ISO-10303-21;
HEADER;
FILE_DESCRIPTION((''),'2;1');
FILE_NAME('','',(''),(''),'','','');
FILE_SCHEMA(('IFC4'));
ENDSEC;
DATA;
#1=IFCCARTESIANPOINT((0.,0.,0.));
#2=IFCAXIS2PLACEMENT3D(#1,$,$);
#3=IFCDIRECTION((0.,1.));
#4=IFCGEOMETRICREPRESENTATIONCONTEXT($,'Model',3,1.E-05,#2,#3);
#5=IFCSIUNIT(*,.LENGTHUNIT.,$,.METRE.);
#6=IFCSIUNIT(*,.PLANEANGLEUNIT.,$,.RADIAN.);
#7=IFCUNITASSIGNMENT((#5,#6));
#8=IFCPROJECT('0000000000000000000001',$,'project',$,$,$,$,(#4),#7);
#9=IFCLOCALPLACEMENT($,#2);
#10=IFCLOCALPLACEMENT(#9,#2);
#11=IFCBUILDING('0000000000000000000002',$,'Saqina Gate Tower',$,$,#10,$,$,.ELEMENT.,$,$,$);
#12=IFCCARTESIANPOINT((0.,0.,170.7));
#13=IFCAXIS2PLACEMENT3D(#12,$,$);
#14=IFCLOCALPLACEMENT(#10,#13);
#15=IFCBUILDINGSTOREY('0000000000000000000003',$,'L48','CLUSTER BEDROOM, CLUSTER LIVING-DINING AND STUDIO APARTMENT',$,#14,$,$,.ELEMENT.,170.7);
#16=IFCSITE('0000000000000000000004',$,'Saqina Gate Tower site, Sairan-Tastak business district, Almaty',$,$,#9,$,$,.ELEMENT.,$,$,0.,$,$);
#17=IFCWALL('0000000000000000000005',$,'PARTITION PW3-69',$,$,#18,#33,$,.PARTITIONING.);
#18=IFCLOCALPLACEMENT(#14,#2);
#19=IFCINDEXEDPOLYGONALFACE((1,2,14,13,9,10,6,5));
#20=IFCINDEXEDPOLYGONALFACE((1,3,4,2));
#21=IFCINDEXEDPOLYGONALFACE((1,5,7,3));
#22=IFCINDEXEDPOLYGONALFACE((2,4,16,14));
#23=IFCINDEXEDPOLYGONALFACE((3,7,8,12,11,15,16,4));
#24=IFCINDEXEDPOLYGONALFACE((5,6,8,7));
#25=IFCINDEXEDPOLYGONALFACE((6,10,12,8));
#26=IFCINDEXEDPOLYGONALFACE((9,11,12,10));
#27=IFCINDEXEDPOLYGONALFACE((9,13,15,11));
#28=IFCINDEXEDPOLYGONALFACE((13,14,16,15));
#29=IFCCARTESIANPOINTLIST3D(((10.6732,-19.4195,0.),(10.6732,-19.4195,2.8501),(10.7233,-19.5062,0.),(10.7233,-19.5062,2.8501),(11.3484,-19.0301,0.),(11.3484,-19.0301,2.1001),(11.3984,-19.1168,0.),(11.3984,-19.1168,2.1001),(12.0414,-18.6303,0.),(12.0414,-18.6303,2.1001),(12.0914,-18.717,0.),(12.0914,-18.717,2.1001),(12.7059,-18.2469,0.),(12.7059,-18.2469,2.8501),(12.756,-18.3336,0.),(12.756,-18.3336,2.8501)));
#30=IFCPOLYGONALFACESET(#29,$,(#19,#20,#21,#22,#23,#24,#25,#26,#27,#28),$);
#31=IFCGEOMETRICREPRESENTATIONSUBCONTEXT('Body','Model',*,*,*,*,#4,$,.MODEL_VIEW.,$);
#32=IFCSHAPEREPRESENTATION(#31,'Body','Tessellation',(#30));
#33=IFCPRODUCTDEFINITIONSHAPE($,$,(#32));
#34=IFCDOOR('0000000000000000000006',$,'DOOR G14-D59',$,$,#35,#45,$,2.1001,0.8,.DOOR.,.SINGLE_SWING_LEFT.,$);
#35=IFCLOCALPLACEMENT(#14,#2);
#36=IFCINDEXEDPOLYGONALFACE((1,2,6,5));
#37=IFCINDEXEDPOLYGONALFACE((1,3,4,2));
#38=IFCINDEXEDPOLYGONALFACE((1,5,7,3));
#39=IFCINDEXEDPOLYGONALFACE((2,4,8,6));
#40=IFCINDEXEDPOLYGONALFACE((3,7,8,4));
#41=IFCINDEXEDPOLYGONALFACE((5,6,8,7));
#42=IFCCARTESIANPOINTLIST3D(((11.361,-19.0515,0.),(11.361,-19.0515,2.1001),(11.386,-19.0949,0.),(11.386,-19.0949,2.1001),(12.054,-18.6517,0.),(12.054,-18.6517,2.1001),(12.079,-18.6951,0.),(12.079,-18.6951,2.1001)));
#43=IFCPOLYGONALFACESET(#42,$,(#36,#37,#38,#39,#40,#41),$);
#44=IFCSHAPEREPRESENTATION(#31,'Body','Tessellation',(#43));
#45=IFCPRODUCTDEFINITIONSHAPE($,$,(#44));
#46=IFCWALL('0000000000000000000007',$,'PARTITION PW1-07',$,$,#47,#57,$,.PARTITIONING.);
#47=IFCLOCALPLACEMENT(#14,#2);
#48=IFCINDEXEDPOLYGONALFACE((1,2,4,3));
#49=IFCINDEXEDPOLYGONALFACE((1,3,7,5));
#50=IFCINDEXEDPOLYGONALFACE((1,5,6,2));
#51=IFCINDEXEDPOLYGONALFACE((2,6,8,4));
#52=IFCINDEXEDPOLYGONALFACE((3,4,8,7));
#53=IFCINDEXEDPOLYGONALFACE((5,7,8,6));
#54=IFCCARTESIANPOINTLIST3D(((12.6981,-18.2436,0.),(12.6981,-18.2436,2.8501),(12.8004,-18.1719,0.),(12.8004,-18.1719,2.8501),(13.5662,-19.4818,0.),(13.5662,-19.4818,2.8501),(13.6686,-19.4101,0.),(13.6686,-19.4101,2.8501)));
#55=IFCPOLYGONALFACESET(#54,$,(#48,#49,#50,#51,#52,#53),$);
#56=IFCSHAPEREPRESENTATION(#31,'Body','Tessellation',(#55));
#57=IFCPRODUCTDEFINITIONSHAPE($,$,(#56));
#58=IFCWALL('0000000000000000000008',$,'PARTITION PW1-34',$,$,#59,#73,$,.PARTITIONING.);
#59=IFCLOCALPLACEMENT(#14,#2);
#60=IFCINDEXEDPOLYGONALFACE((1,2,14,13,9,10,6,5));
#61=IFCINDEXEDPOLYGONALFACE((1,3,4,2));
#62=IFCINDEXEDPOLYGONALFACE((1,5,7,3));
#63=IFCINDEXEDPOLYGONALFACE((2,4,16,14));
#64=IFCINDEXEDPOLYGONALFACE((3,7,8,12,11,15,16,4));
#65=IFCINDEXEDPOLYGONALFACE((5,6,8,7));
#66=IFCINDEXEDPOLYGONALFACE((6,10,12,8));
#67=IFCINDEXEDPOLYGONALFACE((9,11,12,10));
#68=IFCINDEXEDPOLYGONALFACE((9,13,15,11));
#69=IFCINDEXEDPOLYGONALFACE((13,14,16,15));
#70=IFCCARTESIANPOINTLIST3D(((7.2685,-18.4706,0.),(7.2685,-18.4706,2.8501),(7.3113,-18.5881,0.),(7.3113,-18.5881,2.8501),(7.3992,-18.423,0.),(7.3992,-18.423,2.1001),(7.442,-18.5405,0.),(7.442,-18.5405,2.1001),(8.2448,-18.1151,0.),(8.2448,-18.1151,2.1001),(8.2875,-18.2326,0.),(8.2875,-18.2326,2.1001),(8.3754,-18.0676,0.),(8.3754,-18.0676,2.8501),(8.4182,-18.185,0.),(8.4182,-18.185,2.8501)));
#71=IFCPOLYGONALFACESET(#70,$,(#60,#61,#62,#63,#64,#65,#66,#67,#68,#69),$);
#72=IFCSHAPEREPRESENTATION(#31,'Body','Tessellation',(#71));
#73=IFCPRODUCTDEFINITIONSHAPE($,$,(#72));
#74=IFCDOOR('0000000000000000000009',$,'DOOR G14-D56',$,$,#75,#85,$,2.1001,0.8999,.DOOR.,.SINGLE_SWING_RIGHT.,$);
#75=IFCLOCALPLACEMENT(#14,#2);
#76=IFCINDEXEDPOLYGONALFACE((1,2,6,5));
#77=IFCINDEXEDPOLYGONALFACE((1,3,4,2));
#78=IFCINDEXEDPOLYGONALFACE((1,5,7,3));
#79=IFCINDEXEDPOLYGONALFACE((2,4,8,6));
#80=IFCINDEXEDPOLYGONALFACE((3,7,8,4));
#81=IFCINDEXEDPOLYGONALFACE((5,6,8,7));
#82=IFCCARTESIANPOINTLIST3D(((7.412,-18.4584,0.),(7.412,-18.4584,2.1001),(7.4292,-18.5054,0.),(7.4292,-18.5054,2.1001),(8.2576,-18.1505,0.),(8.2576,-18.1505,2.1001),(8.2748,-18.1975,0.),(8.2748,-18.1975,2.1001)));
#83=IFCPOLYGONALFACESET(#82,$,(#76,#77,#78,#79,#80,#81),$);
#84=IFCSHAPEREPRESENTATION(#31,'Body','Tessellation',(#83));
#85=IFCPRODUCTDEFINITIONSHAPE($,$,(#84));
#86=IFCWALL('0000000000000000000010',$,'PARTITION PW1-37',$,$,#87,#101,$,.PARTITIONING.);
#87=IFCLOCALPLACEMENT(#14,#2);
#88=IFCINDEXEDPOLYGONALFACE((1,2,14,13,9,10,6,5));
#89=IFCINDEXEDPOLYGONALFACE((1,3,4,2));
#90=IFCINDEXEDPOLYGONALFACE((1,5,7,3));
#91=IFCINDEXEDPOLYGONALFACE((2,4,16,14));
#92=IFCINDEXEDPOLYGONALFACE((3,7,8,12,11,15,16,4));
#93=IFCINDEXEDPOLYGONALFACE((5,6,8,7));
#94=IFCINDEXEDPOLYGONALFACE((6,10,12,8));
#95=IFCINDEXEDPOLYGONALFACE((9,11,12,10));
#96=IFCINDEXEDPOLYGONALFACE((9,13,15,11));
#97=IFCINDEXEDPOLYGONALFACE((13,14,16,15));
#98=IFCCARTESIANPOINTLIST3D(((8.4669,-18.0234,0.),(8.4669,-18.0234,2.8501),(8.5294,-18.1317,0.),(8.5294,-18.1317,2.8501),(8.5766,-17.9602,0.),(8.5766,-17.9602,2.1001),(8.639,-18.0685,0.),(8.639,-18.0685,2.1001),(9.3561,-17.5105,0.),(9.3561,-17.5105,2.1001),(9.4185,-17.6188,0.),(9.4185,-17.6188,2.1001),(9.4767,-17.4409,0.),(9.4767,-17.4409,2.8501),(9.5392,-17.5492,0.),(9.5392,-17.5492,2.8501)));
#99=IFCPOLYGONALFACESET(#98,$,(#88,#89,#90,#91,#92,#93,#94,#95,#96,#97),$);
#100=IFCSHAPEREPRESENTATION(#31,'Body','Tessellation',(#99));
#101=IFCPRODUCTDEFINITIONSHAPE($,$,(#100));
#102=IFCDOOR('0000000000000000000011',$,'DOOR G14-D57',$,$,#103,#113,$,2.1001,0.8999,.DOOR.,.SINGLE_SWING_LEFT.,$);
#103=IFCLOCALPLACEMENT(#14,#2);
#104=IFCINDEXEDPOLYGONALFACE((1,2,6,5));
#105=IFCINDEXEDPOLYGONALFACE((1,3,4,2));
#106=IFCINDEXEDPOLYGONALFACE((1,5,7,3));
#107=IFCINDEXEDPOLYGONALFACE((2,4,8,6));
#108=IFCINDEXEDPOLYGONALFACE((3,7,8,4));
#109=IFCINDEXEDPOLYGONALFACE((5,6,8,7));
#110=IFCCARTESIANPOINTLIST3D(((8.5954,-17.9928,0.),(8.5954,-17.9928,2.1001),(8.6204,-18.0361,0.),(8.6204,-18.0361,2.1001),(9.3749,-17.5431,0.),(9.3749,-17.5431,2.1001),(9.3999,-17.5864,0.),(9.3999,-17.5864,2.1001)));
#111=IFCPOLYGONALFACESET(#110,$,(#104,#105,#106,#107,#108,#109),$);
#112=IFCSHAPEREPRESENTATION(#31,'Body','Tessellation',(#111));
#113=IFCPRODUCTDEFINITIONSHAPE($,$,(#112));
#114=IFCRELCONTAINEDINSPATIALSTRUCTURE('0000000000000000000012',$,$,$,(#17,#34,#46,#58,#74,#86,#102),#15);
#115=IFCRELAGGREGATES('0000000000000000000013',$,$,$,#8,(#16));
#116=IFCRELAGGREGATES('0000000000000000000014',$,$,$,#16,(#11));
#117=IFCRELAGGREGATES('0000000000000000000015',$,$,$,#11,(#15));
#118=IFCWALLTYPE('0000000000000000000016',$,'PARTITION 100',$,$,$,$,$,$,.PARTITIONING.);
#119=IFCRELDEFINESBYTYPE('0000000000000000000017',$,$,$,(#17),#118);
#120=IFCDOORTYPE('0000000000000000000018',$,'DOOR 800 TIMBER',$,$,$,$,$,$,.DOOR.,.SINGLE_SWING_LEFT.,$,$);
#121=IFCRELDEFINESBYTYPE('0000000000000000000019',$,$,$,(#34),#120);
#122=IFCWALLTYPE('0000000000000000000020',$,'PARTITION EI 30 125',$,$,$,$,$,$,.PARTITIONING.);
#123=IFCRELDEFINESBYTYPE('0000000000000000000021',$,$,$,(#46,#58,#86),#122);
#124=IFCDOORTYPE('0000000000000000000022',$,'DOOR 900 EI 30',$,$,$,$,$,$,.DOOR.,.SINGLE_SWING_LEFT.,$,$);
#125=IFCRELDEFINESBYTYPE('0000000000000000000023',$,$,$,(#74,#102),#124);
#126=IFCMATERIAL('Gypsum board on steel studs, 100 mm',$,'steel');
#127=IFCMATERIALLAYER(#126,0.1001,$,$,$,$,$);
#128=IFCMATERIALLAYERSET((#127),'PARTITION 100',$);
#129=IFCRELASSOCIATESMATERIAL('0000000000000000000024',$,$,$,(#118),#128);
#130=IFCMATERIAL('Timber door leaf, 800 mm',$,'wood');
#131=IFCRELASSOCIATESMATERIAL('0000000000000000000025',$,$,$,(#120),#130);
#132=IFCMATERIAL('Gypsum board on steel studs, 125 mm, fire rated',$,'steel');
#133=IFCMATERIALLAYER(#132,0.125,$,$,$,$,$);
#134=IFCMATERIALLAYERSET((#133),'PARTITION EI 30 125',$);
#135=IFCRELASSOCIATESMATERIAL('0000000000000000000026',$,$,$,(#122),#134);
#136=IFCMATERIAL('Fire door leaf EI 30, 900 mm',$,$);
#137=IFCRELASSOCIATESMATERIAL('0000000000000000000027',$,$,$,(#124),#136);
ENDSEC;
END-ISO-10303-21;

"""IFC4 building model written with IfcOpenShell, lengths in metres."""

from ifc_helpers import new_model, si_unit, direction, frame, frame_2d, origin, place, context, subcontext, project, spatial, rectangle, extrude, material, layer, layer_set, type_object, element, fill, save


model = new_model("IFC4")

# Units and contexts
model_context = context("Model", 3, precision=1e-05, world=origin(), true_north=direction((0.0, 1.0)))
body_context = subcontext(model_context, "Body", "Model", "MODEL_VIEW")
ifc_project = project(units=[si_unit("LENGTHUNIT", "METRE"), si_unit("PLANEANGLEUNIT", "RADIAN")], contexts=[model_context])

# Site, building, storey
site_placement = place(None, origin())
site = spatial("IfcSite", under=ifc_project, at=site_placement, Name="Saqina Gate Tower site, Sairan-Tastak business district, Almaty", CompositionType="ELEMENT", RefElevation=0.0)
building_placement = place(site_placement, origin())
building = spatial("IfcBuilding", under=site, at=building_placement, Name="Saqina Gate Tower", CompositionType="ELEMENT")
storey_placement = place(building_placement, frame((0.0, 0.0, 170.7)))
storey = spatial("IfcBuildingStorey", under=building, at=storey_placement, Name="L48", Description="CLUSTER BEDROOM, CLUSTER LIVING-DINING AND STUDIO APARTMENT", CompositionType="ELEMENT", Elevation=170.7)

# Shared definitions
ifc_material_1 = material(Name="Gypsum board on steel studs, 100 mm", Category="steel")
ifc_layer_1 = layer(ifc_material_1, 0.1001)
ifc_layer_set_1 = layer_set([ifc_layer_1], Name="PARTITION 100")
wall_type_1 = type_object("IfcWallType", Name="PARTITION 100", PredefinedType="PARTITIONING", material=ifc_layer_set_1)

# Shared definitions
ifc_material_2 = material(Name="Timber door leaf, 800 mm", Category="wood")
door_type_1 = type_object("IfcDoorType", Name="DOOR 800 TIMBER", OperationType="SINGLE_SWING_LEFT", PredefinedType="DOOR", material=ifc_material_2)

# Wall, opening, door
wall_1_placement = place(storey_placement, frame((10.6982, -19.4629, 0.0), z_axis=(0.0, 0.0, 1.0), x_axis=(0.866206, 0.499686, 0.0)))
wall_1 = element("IfcWall", 1, at=wall_1_placement, inside=storey, type_object=wall_type_1, Name="PARTITION PW3-69", PredefinedType="PARTITIONING", context=body_context, shape_type="SweptSolid", body=[
    extrude(rectangle(XDim=2.3467, YDim=0.1001, at=frame_2d((1.1733, 0.0))), origin(), (0.0, 0.0, 1.0), 2.8501),
])
opening_1_placement = place(wall_1_placement, frame((0.7795, 0.0, 0.0)))
opening_1 = element("IfcOpeningElement", 2, at=opening_1_placement, cuts=wall_1, PredefinedType="OPENING", context=body_context, shape_type="SweptSolid", body=[
    extrude(rectangle(XDim=0.8, YDim=2.1001, at=frame_2d((0.3999, 1.05))), frame((0.0, 0.062, 0.0), z_axis=(0.0, -1.0, 0.0), x_axis=(1.0, 0.0, 0.0)), (0.0, 0.0, 1.0), 0.124),
])
door_1_placement = place(opening_1_placement, frame((0.8, 0.0, 0.0), z_axis=(0.0, 0.0, 1.0), x_axis=(-1.0, 0.0, 0.0)))
door_1 = element("IfcDoor", 3, at=door_1_placement, inside=storey, type_object=door_type_1, Name="DOOR G14-D59", OperationType="SINGLE_SWING_LEFT", OverallHeight=2.1001, OverallWidth=0.8, PredefinedType="DOOR", context=body_context, shape_type="SweptSolid", body=[
    extrude(rectangle(XDim=0.8, YDim=2.1001, at=frame_2d((0.3999, 1.05))), frame((0.0, 0.0249, 0.0), z_axis=(0.0, -1.0, 0.0), x_axis=(1.0, 0.0, 0.0)), (0.0, 0.0, 1.0), 0.05),
])
fill(opening_1, door_1)

# Wall
ifc_material_3 = material(Name="Gypsum board on steel studs, 125 mm, fire rated", Category="steel")
ifc_layer_2 = layer(ifc_material_3, 0.125)
ifc_layer_set_2 = layer_set([ifc_layer_2], Name="PARTITION EI 30 125")
wall_type_2 = type_object("IfcWallType", Name="PARTITION EI 30 125", PredefinedType="PARTITIONING", material=ifc_layer_set_2)
wall_2_placement = place(storey_placement, frame((12.7493, -18.2078, 0.0), z_axis=(0.0, 0.0, 1.0), x_axis=(0.574069, -0.818807, 0.0)))
element("IfcWall", 4, at=wall_2_placement, inside=storey, type_object=wall_type_2, Name="PARTITION PW1-07", PredefinedType="PARTITIONING", context=body_context, shape_type="SweptSolid", body=[
    extrude(rectangle(XDim=1.5122, YDim=0.125, at=frame_2d((0.7561, 0.0))), origin(), (0.0, 0.0, 1.0), 2.8501),
])

# Walls, openings, doors
wall_3_placement = place(storey_placement, frame((7.29, -18.5293, 0.0), z_axis=(0.0, 0.0, 1.0), x_axis=(0.939642, 0.342159, 0.0)))
wall_3 = element("IfcWall", 5, at=wall_3_placement, inside=storey, type_object=wall_type_2, Name="PARTITION PW1-34", PredefinedType="PARTITIONING", context=body_context, shape_type="SweptSolid", body=[
    extrude(rectangle(XDim=1.178, YDim=0.125, at=frame_2d((0.5889, 0.0))), origin(), (0.0, 0.0, 1.0), 2.8501),
])
opening_2_placement = place(wall_3_placement, frame((0.1389, 0.0, 0.0)))
opening_2 = element("IfcOpeningElement", 6, at=opening_2_placement, cuts=wall_3, PredefinedType="OPENING", context=body_context, shape_type="SweptSolid", body=[
    extrude(rectangle(XDim=0.8999, YDim=2.1001, at=frame_2d((0.45, 1.05))), frame((0.0, 0.0745, 0.0), z_axis=(0.0, -1.0, 0.0), x_axis=(1.0, 0.0, 0.0)), (0.0, 0.0, 1.0), 0.1489),
])
ifc_material_4 = material(Name="Fire door leaf EI 30, 900 mm")
door_type_2 = type_object("IfcDoorType", Name="DOOR 900 EI 30", OperationType="SINGLE_SWING_LEFT", PredefinedType="DOOR", material=ifc_material_4)
door_2_placement = place(opening_2_placement, origin())
door_2 = element("IfcDoor", 7, at=door_2_placement, inside=storey, type_object=door_type_2, Name="DOOR G14-D56", OperationType="SINGLE_SWING_RIGHT", OverallHeight=2.1001, OverallWidth=0.8999, PredefinedType="DOOR", context=body_context, shape_type="SweptSolid", body=[
    extrude(rectangle(XDim=0.8999, YDim=2.1001, at=frame_2d((0.45, 1.05))), frame((0.0, 0.0249, 0.0), z_axis=(0.0, -1.0, 0.0), x_axis=(1.0, 0.0, 0.0)), (0.0, 0.0, 1.0), 0.05),
])
fill(opening_2, door_2)
wall_4_placement = place(storey_placement, frame((8.498, -18.0776, 0.0), z_axis=(0.0, 0.0, 1.0), x_axis=(0.8662, 0.499698, 0.0)))
wall_4 = element("IfcWall", 8, at=wall_4_placement, inside=storey, type_object=wall_type_2, Name="PARTITION PW1-37", PredefinedType="PARTITIONING", context=body_context, shape_type="SweptSolid", body=[
    extrude(rectangle(XDim=1.1658, YDim=0.125, at=frame_2d((0.583, 0.0))), origin(), (0.0, 0.0, 1.0), 2.8501),
])
opening_3_placement = place(wall_4_placement, frame((0.1267, 0.0, 0.0)))
opening_3 = element("IfcOpeningElement", 9, at=opening_3_placement, cuts=wall_4, PredefinedType="OPENING", context=body_context, shape_type="SweptSolid", body=[
    extrude(rectangle(XDim=0.8999, YDim=2.1001, at=frame_2d((0.45, 1.05))), frame((0.0, 0.0745, 0.0), z_axis=(0.0, -1.0, 0.0), x_axis=(1.0, 0.0, 0.0)), (0.0, 0.0, 1.0), 0.1489),
])
door_3_placement = place(opening_3_placement, origin())
door_3 = element("IfcDoor", 10, at=door_3_placement, inside=storey, type_object=door_type_2, Name="DOOR G14-D57", OperationType="SINGLE_SWING_LEFT", OverallHeight=2.1001, OverallWidth=0.8999, PredefinedType="DOOR", context=body_context, shape_type="SweptSolid", body=[
    extrude(rectangle(XDim=0.8999, YDim=2.1001, at=frame_2d((0.45, 1.05))), frame((0.0, 0.0249, 0.0), z_axis=(0.0, -1.0, 0.0), x_axis=(1.0, 0.0, 0.0)), (0.0, 0.0, 1.0), 0.05),
])
fill(opening_3, door_3)

save(model, "model.ifc")
